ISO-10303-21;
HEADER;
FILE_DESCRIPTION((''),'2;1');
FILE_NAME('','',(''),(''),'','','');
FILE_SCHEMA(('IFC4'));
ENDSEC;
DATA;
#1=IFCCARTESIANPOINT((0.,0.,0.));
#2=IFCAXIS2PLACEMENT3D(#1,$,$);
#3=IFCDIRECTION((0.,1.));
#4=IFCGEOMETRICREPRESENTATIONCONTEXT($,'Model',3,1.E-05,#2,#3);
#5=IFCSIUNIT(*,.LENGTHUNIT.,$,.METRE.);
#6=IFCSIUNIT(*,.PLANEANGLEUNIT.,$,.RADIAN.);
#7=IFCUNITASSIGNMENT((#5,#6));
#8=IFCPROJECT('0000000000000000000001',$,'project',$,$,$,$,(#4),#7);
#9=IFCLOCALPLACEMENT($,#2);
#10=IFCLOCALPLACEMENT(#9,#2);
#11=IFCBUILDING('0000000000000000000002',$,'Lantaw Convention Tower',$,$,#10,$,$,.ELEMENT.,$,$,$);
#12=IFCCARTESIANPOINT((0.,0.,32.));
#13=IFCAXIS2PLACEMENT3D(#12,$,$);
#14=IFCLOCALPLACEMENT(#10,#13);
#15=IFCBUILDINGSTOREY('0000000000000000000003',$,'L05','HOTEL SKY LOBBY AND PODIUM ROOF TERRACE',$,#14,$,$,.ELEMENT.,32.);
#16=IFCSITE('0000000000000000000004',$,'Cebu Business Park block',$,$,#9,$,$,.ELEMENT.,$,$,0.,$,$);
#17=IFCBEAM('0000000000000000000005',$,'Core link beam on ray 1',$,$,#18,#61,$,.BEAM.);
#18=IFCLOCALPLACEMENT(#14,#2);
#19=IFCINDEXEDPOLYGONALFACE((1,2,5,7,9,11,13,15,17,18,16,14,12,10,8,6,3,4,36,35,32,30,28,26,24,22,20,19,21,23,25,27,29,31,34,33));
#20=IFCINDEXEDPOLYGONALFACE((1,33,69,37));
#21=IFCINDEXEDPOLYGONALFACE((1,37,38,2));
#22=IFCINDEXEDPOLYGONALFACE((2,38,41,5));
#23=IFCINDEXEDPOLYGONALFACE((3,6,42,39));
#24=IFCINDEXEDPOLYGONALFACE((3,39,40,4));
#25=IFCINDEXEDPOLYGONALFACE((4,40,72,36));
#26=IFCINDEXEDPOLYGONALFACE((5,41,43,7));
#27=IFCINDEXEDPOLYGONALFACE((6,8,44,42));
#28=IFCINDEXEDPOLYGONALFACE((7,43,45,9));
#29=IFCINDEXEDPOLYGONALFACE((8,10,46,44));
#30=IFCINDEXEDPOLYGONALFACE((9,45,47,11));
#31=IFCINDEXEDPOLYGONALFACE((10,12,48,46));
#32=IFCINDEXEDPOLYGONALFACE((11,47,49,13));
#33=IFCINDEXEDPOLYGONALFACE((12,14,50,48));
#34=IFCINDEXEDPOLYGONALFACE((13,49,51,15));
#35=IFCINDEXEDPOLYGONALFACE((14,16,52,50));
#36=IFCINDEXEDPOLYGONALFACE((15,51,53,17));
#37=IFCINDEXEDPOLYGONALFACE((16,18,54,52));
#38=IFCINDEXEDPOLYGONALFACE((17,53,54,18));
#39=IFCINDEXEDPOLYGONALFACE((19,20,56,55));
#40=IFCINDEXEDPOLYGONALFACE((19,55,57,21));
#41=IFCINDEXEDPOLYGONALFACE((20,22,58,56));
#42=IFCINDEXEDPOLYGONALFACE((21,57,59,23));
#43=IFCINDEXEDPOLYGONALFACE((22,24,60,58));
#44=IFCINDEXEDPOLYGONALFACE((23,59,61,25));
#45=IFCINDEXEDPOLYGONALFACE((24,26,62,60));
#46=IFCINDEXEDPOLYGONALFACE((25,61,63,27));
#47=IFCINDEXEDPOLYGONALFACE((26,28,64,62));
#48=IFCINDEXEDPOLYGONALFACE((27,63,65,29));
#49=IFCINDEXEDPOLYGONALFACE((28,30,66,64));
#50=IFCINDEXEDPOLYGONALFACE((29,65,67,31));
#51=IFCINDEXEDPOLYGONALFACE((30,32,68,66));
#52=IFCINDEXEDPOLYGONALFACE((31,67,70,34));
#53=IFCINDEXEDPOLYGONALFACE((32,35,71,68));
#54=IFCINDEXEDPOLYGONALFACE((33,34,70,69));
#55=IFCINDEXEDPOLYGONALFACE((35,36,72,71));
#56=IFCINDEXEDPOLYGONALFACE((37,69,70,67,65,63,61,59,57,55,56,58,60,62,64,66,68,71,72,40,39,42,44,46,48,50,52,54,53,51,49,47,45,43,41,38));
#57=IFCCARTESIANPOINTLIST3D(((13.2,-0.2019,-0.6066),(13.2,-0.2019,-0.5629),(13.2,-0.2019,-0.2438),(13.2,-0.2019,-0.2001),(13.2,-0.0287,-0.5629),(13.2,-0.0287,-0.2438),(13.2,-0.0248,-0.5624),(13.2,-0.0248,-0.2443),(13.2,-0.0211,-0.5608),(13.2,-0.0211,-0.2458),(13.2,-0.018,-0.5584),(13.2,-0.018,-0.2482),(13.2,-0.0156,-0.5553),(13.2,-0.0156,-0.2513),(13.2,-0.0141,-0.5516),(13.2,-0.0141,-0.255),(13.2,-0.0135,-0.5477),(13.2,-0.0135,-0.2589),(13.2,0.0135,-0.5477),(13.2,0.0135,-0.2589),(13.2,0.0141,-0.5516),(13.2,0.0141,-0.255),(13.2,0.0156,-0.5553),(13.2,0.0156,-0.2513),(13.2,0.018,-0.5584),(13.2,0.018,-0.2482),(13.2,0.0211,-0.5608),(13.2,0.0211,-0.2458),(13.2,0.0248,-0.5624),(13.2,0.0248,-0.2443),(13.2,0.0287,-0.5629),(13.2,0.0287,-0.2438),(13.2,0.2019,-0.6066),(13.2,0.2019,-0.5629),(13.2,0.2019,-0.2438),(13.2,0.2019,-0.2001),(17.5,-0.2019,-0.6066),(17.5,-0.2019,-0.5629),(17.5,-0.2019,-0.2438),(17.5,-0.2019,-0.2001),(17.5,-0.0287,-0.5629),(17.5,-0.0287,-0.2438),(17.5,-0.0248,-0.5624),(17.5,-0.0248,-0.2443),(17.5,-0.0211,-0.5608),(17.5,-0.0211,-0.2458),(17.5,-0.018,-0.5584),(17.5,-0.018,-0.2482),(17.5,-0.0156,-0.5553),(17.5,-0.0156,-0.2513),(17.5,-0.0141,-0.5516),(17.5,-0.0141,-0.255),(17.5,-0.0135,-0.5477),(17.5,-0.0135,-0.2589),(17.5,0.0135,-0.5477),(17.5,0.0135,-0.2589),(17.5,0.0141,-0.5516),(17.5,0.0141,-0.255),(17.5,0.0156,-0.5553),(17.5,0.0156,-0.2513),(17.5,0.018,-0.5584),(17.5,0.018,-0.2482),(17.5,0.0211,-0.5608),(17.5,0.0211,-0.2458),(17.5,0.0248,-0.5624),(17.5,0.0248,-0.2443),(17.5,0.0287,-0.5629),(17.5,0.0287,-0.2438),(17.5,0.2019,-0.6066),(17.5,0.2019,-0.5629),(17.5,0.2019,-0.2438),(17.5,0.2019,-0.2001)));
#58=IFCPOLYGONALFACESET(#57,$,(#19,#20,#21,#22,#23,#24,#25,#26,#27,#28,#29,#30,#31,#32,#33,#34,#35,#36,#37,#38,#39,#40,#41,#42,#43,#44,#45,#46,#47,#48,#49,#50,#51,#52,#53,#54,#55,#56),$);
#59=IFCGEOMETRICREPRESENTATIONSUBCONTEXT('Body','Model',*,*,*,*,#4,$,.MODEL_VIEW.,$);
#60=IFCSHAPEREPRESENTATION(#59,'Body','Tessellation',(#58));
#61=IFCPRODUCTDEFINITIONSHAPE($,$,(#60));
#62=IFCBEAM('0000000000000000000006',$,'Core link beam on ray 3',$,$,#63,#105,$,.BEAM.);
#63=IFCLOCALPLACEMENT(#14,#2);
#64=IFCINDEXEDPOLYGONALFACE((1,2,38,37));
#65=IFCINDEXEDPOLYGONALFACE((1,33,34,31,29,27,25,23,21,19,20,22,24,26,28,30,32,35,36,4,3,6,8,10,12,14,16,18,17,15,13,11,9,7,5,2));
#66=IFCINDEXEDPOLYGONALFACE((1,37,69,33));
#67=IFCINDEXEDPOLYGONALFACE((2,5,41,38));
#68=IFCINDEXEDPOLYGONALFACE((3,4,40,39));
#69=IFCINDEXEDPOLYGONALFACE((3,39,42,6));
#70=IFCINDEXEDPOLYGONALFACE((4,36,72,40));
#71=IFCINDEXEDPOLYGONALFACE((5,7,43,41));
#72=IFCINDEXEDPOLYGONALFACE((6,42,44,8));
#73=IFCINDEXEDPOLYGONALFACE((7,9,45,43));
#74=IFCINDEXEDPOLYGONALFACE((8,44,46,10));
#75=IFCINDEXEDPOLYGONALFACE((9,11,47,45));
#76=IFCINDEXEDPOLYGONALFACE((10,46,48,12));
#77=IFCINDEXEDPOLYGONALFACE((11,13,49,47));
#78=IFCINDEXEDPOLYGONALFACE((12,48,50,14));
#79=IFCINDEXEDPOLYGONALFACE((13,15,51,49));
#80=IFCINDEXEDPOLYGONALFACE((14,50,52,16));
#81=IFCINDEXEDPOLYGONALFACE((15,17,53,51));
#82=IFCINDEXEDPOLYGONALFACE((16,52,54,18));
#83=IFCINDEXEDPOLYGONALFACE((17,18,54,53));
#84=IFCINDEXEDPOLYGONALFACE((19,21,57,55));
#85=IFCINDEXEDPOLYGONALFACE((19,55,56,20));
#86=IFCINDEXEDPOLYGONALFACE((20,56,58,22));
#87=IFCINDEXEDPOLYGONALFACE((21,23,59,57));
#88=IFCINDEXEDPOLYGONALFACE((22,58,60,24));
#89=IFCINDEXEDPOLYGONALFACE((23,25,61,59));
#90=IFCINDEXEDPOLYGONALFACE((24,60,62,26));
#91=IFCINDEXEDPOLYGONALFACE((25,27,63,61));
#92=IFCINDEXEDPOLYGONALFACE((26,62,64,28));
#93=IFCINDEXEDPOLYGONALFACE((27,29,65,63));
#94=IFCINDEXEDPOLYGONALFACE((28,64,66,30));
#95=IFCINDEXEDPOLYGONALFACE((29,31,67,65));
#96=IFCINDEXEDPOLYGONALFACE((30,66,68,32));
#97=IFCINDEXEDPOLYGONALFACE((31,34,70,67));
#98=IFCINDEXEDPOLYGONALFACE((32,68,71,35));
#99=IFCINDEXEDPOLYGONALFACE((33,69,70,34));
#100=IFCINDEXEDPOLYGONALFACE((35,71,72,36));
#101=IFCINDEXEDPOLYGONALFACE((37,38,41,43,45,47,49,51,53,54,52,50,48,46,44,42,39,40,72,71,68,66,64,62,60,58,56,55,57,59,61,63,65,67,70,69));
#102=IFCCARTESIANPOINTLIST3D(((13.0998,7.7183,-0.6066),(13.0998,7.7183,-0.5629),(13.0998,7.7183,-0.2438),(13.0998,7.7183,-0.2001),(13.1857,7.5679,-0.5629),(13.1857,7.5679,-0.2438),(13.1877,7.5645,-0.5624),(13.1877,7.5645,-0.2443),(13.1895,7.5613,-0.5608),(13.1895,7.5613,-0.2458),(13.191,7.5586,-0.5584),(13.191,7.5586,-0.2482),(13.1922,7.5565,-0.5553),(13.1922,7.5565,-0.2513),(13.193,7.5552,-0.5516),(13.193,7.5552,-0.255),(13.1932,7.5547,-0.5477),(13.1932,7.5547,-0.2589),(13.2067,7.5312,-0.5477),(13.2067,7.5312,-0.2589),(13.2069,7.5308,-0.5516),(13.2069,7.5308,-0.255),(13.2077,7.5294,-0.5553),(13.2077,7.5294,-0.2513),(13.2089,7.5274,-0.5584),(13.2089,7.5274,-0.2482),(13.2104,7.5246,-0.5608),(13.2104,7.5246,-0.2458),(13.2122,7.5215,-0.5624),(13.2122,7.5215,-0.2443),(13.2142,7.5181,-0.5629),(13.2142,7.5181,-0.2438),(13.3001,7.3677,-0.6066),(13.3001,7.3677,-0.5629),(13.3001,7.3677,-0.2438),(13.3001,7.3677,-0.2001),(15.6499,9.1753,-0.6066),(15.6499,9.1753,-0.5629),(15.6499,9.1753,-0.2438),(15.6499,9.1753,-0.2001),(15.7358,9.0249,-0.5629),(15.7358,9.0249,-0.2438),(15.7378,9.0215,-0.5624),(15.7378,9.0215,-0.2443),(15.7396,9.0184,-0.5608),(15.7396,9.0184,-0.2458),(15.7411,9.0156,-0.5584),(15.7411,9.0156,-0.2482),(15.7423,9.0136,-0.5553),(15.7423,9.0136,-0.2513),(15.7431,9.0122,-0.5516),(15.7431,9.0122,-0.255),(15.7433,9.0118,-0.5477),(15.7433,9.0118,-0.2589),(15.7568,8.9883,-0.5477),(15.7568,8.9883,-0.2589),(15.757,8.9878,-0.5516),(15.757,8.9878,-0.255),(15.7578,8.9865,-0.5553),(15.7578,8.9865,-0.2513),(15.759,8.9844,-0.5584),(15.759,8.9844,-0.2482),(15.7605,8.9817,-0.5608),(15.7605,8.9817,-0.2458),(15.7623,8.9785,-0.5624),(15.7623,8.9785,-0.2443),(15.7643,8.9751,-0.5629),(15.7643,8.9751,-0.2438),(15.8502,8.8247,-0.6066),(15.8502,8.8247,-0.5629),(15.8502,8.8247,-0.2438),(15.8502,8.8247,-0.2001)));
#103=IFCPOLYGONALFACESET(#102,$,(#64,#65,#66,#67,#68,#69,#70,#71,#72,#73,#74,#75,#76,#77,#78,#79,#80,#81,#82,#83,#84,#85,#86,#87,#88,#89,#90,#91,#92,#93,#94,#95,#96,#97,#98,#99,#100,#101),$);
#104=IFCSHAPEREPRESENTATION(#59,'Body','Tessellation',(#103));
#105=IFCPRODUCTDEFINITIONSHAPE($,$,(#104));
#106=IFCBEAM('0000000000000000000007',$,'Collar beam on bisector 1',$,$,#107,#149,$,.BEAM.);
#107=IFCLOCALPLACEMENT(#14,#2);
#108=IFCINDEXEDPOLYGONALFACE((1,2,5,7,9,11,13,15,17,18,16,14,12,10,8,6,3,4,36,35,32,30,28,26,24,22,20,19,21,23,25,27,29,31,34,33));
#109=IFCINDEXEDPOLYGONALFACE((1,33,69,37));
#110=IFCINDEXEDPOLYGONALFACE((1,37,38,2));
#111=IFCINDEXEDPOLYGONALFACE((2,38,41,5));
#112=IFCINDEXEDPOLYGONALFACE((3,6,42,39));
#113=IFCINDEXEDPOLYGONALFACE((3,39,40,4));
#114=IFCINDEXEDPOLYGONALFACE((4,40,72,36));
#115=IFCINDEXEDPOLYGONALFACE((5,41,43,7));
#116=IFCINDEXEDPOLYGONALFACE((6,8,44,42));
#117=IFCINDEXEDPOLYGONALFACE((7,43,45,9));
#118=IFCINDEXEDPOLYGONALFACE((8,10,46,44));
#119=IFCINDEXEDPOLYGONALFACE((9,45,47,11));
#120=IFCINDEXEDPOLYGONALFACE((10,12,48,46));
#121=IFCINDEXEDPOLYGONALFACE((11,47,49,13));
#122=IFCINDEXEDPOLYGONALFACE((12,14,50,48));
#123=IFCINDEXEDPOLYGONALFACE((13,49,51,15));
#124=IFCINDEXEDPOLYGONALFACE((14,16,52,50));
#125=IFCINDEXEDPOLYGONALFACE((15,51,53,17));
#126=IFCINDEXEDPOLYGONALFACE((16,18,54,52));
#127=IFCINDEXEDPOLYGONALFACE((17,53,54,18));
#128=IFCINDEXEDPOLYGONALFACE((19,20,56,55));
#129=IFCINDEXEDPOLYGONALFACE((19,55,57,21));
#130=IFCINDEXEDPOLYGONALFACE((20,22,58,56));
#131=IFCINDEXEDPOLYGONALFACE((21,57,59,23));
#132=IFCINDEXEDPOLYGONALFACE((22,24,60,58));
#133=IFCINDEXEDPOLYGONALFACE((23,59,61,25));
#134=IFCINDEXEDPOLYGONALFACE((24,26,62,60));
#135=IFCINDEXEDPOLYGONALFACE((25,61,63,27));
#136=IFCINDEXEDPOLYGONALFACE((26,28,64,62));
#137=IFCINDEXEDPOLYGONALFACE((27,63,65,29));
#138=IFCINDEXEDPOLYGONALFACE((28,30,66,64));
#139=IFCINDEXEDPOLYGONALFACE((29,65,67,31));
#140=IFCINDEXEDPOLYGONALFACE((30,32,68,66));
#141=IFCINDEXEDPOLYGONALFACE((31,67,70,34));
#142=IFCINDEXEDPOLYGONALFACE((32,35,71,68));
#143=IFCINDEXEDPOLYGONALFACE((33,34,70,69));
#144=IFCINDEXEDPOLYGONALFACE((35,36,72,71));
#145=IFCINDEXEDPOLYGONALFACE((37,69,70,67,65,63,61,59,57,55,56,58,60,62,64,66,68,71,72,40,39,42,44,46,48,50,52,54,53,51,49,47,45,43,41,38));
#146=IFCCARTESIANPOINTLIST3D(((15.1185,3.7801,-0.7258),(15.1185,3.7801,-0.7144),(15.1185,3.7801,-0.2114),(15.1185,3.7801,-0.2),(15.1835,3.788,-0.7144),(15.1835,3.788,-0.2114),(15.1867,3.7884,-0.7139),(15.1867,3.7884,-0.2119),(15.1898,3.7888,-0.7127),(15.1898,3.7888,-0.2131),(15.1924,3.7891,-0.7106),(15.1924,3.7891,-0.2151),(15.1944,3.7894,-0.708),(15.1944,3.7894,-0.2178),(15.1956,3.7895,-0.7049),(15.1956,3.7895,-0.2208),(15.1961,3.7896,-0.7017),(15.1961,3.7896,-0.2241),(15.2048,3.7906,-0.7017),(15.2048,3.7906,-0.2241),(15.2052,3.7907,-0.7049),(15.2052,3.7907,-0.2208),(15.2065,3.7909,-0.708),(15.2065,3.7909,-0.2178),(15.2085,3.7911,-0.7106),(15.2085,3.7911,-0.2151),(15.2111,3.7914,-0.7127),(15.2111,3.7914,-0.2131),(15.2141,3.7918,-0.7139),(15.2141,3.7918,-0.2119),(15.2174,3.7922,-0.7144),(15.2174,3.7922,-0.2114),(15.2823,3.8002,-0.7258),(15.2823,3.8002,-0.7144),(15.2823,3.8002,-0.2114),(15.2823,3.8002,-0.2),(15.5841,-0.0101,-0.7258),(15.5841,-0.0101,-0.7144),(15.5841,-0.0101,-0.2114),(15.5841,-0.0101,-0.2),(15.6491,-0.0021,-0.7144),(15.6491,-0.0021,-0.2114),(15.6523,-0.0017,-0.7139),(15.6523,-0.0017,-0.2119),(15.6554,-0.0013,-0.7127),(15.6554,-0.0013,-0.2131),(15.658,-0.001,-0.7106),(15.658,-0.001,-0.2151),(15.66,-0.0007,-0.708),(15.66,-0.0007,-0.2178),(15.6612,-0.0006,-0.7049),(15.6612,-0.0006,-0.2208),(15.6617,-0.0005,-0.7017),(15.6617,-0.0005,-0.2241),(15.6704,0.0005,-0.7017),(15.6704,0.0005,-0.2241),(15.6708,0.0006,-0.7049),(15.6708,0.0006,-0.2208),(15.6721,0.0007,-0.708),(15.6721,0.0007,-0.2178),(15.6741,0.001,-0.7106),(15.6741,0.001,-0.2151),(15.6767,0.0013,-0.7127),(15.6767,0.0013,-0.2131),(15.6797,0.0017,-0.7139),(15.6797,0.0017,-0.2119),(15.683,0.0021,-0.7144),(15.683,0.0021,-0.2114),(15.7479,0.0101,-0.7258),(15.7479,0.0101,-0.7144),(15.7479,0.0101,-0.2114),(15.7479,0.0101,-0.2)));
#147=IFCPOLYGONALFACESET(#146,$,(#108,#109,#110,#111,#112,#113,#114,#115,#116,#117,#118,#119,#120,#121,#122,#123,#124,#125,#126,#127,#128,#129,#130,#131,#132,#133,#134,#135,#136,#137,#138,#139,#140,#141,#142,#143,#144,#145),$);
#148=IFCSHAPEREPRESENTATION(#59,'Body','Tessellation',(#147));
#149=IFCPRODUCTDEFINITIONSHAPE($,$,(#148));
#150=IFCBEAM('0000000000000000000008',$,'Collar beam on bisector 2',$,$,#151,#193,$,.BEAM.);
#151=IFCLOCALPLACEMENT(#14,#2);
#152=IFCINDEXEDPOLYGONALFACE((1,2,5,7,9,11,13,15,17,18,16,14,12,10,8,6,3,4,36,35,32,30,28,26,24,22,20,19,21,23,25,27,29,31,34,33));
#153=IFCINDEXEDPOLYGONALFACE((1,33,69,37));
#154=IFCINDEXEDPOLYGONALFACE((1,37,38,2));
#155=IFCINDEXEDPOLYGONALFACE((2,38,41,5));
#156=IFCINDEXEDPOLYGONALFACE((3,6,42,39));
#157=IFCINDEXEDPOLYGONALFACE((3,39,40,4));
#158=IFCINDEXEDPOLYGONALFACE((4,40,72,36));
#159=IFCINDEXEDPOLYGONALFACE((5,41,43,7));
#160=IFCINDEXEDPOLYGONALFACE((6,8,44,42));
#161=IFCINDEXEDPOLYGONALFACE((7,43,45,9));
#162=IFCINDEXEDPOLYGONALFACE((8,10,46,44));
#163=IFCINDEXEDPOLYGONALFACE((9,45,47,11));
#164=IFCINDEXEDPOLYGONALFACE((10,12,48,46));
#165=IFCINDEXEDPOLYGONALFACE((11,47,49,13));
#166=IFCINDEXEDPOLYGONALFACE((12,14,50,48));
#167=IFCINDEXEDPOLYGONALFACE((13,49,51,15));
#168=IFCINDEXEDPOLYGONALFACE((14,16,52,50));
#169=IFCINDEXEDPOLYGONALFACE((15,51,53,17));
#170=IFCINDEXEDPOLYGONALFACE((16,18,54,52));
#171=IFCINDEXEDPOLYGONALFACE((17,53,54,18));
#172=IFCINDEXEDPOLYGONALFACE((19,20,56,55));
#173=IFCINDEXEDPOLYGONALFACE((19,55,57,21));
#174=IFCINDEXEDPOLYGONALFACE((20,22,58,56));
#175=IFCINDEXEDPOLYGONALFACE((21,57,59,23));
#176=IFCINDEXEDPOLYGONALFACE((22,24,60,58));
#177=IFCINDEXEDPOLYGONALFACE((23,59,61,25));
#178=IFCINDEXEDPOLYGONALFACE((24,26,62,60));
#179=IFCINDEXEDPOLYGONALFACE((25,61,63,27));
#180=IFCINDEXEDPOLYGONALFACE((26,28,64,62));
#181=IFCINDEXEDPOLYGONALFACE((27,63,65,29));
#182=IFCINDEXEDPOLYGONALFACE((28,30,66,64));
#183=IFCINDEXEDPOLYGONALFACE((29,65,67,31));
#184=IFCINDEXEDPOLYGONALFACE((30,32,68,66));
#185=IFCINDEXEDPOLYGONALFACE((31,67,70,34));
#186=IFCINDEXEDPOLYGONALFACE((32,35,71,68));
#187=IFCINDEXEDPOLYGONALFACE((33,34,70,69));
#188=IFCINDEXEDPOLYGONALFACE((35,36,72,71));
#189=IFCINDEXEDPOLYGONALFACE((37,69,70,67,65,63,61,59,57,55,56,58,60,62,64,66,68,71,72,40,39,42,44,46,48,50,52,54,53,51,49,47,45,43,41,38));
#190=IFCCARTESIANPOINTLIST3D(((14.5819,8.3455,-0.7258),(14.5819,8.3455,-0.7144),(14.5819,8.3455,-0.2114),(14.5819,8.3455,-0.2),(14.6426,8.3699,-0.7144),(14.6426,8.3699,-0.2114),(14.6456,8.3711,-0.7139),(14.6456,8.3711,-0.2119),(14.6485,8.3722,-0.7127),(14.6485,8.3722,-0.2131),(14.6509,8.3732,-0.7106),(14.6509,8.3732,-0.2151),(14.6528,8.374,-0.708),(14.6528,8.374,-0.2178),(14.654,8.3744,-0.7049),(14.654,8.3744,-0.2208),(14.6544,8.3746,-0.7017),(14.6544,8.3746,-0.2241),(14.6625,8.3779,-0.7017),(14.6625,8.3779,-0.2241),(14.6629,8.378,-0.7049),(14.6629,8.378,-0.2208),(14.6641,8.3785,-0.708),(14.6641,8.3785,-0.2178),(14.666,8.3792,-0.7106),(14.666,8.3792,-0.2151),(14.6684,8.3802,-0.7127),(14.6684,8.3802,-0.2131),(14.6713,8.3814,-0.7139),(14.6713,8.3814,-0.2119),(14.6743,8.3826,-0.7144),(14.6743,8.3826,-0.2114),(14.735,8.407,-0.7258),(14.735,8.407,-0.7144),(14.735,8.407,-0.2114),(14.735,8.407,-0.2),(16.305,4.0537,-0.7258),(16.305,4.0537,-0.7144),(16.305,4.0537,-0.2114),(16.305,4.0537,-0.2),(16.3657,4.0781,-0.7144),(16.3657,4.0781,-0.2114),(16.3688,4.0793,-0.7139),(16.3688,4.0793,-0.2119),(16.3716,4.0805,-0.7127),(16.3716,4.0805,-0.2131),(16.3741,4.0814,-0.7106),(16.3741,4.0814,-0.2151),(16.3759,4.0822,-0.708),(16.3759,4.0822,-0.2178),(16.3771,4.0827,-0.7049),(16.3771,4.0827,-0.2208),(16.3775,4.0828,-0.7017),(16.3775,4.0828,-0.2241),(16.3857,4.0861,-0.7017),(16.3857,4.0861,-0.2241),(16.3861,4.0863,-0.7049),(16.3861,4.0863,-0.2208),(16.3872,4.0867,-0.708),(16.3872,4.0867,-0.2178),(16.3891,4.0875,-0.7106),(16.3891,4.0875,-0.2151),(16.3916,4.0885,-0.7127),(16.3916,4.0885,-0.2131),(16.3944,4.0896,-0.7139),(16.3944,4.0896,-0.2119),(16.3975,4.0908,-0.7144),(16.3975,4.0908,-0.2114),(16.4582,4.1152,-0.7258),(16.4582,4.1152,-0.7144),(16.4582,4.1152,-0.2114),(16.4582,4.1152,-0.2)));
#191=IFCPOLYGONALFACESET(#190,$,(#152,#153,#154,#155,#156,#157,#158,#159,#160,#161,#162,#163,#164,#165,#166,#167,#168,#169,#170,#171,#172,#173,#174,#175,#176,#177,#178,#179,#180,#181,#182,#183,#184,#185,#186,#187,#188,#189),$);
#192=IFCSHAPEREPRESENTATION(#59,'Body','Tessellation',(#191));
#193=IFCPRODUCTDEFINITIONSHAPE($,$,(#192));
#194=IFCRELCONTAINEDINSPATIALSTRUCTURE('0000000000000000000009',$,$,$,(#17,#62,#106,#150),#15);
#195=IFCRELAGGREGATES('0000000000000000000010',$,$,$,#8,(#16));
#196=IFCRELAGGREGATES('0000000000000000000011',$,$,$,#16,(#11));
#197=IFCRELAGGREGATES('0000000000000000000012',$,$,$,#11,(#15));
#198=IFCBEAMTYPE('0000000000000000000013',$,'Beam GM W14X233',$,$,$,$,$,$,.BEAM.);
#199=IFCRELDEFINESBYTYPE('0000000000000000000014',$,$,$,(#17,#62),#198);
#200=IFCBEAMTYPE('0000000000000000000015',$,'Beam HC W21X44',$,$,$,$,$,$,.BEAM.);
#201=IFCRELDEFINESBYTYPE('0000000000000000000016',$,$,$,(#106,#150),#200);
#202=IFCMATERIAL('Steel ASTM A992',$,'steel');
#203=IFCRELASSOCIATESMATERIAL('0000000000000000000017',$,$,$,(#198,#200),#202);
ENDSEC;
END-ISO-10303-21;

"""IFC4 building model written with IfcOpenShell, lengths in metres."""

from ifc_helpers import new_model, si_unit, direction, frame, origin, origin_2d, place, context, subcontext, project, spatial, i_section, extrude, material, material_profile, profile_set, type_object, element, save


model = new_model("IFC4")

# Units and contexts
model_context = context("Model", 3, precision=1e-05, world=origin(), true_north=direction((0.0, 1.0)))
body_context = subcontext(model_context, "Body", "Model", "MODEL_VIEW")
ifc_project = project(units=[si_unit("LENGTHUNIT", "METRE"), si_unit("PLANEANGLEUNIT", "RADIAN")], contexts=[model_context])

# Site, building, storey
site_placement = place(None, origin())
site = spatial("IfcSite", under=ifc_project, at=site_placement, Name="Cebu Business Park block", CompositionType="ELEMENT", RefElevation=0.0)
building_placement = place(site_placement, origin())
building = spatial("IfcBuilding", under=site, at=building_placement, Name="Lantaw Convention Tower", CompositionType="ELEMENT")
storey_placement = place(building_placement, frame((0.0, 0.0, 32.0)))
storey = spatial("IfcBuildingStorey", under=building, at=storey_placement, Name="L05", Description="HOTEL SKY LOBBY AND PODIUM ROOF TERRACE", CompositionType="ELEMENT", Elevation=32.0)

# Beams
ifc_material_1 = material(Name="Steel ASTM A992", Category="steel")
ifc_material_profile_1 = material_profile(ifc_material_1, i_section(OverallWidth=0.4038, OverallDepth=0.4065, WebThickness=0.0271, FlangeThickness=0.0437, FilletRadius=0.0151, at=origin_2d()), Name="W14X233")
ifc_profile_set_1 = profile_set([ifc_material_profile_1], Name="Steel ASTM A992")
beam_type_1 = type_object("IfcBeamType", Name="Beam GM W14X233", PredefinedType="BEAM", material=ifc_profile_set_1)
beam_1_placement = place(storey_placement, frame((13.2, 0.0, -0.4033), z_axis=(1.0, 0.0, 0.0), x_axis=(0.0, 1.0, 0.0)))
element("IfcBeam", 1, at=beam_1_placement, inside=storey, type_object=beam_type_1, Name="Core link beam on ray 1", PredefinedType="BEAM", context=body_context, shape_type="SweptSolid", body=[
    extrude(i_section(OverallWidth=0.4038, OverallDepth=0.4065, WebThickness=0.0271, FlangeThickness=0.0437, FilletRadius=0.0151, at=origin_2d()), origin(), (0.0, 0.0, 1.0), 4.3),
])
beam_2_placement = place(storey_placement, frame((13.2, 7.543, -0.4033), z_axis=(0.868264, 0.496103, 0.0), x_axis=(-0.496103, 0.868264, 0.0)))
element("IfcBeam", 2, at=beam_2_placement, inside=storey, type_object=beam_type_1, Name="Core link beam on ray 3", PredefinedType="BEAM", context=body_context, shape_type="SweptSolid", body=[
    extrude(i_section(OverallWidth=0.4038, OverallDepth=0.4065, WebThickness=0.0271, FlangeThickness=0.0437, FilletRadius=0.0151, at=origin_2d()), origin(), (0.0, 0.0, 1.0), 2.937),
])
ifc_material_profile_2 = material_profile(ifc_material_1, i_section(OverallWidth=0.165, OverallDepth=0.5259, WebThickness=0.0088, FlangeThickness=0.0115, FilletRadius=0.0127, at=origin_2d()), Name="W21X44")
ifc_profile_set_2 = profile_set([ifc_material_profile_2], Name="Steel ASTM A992")
beam_type_2 = type_object("IfcBeamType", Name="Beam HC W21X44", PredefinedType="BEAM", material=ifc_profile_set_2)
beam_3_placement = place(storey_placement, frame((15.666, 0.0, -0.4629), z_axis=(-0.121926, 0.992539, 0.0), x_axis=(-0.992539, -0.121926, 0.0)))
element("IfcBeam", 3, at=beam_3_placement, inside=storey, type_object=beam_type_2, Name="Collar beam on bisector 1", PredefinedType="BEAM", context=body_context, shape_type="SweptSolid", body=[
    extrude(i_section(OverallWidth=0.165, OverallDepth=0.5259, WebThickness=0.0088, FlangeThickness=0.0115, FilletRadius=0.0127, at=origin_2d()), origin(), (0.0, 0.0, 1.0), 3.8186),
])
beam_4_placement = place(storey_placement, frame((16.3816, 4.0845, -0.4629), z_axis=(-0.372592, 0.927995, 0.0), x_axis=(-0.927995, -0.372592, 0.0)))
element("IfcBeam", 4, at=beam_4_placement, inside=storey, type_object=beam_type_2, Name="Collar beam on bisector 2", PredefinedType="BEAM", context=body_context, shape_type="SweptSolid", body=[
    extrude(i_section(OverallWidth=0.165, OverallDepth=0.5259, WebThickness=0.0088, FlangeThickness=0.0115, FilletRadius=0.0127, at=origin_2d()), origin(), (0.0, 0.0, 1.0), 4.6248),
])

save(model, "model.ifc")
